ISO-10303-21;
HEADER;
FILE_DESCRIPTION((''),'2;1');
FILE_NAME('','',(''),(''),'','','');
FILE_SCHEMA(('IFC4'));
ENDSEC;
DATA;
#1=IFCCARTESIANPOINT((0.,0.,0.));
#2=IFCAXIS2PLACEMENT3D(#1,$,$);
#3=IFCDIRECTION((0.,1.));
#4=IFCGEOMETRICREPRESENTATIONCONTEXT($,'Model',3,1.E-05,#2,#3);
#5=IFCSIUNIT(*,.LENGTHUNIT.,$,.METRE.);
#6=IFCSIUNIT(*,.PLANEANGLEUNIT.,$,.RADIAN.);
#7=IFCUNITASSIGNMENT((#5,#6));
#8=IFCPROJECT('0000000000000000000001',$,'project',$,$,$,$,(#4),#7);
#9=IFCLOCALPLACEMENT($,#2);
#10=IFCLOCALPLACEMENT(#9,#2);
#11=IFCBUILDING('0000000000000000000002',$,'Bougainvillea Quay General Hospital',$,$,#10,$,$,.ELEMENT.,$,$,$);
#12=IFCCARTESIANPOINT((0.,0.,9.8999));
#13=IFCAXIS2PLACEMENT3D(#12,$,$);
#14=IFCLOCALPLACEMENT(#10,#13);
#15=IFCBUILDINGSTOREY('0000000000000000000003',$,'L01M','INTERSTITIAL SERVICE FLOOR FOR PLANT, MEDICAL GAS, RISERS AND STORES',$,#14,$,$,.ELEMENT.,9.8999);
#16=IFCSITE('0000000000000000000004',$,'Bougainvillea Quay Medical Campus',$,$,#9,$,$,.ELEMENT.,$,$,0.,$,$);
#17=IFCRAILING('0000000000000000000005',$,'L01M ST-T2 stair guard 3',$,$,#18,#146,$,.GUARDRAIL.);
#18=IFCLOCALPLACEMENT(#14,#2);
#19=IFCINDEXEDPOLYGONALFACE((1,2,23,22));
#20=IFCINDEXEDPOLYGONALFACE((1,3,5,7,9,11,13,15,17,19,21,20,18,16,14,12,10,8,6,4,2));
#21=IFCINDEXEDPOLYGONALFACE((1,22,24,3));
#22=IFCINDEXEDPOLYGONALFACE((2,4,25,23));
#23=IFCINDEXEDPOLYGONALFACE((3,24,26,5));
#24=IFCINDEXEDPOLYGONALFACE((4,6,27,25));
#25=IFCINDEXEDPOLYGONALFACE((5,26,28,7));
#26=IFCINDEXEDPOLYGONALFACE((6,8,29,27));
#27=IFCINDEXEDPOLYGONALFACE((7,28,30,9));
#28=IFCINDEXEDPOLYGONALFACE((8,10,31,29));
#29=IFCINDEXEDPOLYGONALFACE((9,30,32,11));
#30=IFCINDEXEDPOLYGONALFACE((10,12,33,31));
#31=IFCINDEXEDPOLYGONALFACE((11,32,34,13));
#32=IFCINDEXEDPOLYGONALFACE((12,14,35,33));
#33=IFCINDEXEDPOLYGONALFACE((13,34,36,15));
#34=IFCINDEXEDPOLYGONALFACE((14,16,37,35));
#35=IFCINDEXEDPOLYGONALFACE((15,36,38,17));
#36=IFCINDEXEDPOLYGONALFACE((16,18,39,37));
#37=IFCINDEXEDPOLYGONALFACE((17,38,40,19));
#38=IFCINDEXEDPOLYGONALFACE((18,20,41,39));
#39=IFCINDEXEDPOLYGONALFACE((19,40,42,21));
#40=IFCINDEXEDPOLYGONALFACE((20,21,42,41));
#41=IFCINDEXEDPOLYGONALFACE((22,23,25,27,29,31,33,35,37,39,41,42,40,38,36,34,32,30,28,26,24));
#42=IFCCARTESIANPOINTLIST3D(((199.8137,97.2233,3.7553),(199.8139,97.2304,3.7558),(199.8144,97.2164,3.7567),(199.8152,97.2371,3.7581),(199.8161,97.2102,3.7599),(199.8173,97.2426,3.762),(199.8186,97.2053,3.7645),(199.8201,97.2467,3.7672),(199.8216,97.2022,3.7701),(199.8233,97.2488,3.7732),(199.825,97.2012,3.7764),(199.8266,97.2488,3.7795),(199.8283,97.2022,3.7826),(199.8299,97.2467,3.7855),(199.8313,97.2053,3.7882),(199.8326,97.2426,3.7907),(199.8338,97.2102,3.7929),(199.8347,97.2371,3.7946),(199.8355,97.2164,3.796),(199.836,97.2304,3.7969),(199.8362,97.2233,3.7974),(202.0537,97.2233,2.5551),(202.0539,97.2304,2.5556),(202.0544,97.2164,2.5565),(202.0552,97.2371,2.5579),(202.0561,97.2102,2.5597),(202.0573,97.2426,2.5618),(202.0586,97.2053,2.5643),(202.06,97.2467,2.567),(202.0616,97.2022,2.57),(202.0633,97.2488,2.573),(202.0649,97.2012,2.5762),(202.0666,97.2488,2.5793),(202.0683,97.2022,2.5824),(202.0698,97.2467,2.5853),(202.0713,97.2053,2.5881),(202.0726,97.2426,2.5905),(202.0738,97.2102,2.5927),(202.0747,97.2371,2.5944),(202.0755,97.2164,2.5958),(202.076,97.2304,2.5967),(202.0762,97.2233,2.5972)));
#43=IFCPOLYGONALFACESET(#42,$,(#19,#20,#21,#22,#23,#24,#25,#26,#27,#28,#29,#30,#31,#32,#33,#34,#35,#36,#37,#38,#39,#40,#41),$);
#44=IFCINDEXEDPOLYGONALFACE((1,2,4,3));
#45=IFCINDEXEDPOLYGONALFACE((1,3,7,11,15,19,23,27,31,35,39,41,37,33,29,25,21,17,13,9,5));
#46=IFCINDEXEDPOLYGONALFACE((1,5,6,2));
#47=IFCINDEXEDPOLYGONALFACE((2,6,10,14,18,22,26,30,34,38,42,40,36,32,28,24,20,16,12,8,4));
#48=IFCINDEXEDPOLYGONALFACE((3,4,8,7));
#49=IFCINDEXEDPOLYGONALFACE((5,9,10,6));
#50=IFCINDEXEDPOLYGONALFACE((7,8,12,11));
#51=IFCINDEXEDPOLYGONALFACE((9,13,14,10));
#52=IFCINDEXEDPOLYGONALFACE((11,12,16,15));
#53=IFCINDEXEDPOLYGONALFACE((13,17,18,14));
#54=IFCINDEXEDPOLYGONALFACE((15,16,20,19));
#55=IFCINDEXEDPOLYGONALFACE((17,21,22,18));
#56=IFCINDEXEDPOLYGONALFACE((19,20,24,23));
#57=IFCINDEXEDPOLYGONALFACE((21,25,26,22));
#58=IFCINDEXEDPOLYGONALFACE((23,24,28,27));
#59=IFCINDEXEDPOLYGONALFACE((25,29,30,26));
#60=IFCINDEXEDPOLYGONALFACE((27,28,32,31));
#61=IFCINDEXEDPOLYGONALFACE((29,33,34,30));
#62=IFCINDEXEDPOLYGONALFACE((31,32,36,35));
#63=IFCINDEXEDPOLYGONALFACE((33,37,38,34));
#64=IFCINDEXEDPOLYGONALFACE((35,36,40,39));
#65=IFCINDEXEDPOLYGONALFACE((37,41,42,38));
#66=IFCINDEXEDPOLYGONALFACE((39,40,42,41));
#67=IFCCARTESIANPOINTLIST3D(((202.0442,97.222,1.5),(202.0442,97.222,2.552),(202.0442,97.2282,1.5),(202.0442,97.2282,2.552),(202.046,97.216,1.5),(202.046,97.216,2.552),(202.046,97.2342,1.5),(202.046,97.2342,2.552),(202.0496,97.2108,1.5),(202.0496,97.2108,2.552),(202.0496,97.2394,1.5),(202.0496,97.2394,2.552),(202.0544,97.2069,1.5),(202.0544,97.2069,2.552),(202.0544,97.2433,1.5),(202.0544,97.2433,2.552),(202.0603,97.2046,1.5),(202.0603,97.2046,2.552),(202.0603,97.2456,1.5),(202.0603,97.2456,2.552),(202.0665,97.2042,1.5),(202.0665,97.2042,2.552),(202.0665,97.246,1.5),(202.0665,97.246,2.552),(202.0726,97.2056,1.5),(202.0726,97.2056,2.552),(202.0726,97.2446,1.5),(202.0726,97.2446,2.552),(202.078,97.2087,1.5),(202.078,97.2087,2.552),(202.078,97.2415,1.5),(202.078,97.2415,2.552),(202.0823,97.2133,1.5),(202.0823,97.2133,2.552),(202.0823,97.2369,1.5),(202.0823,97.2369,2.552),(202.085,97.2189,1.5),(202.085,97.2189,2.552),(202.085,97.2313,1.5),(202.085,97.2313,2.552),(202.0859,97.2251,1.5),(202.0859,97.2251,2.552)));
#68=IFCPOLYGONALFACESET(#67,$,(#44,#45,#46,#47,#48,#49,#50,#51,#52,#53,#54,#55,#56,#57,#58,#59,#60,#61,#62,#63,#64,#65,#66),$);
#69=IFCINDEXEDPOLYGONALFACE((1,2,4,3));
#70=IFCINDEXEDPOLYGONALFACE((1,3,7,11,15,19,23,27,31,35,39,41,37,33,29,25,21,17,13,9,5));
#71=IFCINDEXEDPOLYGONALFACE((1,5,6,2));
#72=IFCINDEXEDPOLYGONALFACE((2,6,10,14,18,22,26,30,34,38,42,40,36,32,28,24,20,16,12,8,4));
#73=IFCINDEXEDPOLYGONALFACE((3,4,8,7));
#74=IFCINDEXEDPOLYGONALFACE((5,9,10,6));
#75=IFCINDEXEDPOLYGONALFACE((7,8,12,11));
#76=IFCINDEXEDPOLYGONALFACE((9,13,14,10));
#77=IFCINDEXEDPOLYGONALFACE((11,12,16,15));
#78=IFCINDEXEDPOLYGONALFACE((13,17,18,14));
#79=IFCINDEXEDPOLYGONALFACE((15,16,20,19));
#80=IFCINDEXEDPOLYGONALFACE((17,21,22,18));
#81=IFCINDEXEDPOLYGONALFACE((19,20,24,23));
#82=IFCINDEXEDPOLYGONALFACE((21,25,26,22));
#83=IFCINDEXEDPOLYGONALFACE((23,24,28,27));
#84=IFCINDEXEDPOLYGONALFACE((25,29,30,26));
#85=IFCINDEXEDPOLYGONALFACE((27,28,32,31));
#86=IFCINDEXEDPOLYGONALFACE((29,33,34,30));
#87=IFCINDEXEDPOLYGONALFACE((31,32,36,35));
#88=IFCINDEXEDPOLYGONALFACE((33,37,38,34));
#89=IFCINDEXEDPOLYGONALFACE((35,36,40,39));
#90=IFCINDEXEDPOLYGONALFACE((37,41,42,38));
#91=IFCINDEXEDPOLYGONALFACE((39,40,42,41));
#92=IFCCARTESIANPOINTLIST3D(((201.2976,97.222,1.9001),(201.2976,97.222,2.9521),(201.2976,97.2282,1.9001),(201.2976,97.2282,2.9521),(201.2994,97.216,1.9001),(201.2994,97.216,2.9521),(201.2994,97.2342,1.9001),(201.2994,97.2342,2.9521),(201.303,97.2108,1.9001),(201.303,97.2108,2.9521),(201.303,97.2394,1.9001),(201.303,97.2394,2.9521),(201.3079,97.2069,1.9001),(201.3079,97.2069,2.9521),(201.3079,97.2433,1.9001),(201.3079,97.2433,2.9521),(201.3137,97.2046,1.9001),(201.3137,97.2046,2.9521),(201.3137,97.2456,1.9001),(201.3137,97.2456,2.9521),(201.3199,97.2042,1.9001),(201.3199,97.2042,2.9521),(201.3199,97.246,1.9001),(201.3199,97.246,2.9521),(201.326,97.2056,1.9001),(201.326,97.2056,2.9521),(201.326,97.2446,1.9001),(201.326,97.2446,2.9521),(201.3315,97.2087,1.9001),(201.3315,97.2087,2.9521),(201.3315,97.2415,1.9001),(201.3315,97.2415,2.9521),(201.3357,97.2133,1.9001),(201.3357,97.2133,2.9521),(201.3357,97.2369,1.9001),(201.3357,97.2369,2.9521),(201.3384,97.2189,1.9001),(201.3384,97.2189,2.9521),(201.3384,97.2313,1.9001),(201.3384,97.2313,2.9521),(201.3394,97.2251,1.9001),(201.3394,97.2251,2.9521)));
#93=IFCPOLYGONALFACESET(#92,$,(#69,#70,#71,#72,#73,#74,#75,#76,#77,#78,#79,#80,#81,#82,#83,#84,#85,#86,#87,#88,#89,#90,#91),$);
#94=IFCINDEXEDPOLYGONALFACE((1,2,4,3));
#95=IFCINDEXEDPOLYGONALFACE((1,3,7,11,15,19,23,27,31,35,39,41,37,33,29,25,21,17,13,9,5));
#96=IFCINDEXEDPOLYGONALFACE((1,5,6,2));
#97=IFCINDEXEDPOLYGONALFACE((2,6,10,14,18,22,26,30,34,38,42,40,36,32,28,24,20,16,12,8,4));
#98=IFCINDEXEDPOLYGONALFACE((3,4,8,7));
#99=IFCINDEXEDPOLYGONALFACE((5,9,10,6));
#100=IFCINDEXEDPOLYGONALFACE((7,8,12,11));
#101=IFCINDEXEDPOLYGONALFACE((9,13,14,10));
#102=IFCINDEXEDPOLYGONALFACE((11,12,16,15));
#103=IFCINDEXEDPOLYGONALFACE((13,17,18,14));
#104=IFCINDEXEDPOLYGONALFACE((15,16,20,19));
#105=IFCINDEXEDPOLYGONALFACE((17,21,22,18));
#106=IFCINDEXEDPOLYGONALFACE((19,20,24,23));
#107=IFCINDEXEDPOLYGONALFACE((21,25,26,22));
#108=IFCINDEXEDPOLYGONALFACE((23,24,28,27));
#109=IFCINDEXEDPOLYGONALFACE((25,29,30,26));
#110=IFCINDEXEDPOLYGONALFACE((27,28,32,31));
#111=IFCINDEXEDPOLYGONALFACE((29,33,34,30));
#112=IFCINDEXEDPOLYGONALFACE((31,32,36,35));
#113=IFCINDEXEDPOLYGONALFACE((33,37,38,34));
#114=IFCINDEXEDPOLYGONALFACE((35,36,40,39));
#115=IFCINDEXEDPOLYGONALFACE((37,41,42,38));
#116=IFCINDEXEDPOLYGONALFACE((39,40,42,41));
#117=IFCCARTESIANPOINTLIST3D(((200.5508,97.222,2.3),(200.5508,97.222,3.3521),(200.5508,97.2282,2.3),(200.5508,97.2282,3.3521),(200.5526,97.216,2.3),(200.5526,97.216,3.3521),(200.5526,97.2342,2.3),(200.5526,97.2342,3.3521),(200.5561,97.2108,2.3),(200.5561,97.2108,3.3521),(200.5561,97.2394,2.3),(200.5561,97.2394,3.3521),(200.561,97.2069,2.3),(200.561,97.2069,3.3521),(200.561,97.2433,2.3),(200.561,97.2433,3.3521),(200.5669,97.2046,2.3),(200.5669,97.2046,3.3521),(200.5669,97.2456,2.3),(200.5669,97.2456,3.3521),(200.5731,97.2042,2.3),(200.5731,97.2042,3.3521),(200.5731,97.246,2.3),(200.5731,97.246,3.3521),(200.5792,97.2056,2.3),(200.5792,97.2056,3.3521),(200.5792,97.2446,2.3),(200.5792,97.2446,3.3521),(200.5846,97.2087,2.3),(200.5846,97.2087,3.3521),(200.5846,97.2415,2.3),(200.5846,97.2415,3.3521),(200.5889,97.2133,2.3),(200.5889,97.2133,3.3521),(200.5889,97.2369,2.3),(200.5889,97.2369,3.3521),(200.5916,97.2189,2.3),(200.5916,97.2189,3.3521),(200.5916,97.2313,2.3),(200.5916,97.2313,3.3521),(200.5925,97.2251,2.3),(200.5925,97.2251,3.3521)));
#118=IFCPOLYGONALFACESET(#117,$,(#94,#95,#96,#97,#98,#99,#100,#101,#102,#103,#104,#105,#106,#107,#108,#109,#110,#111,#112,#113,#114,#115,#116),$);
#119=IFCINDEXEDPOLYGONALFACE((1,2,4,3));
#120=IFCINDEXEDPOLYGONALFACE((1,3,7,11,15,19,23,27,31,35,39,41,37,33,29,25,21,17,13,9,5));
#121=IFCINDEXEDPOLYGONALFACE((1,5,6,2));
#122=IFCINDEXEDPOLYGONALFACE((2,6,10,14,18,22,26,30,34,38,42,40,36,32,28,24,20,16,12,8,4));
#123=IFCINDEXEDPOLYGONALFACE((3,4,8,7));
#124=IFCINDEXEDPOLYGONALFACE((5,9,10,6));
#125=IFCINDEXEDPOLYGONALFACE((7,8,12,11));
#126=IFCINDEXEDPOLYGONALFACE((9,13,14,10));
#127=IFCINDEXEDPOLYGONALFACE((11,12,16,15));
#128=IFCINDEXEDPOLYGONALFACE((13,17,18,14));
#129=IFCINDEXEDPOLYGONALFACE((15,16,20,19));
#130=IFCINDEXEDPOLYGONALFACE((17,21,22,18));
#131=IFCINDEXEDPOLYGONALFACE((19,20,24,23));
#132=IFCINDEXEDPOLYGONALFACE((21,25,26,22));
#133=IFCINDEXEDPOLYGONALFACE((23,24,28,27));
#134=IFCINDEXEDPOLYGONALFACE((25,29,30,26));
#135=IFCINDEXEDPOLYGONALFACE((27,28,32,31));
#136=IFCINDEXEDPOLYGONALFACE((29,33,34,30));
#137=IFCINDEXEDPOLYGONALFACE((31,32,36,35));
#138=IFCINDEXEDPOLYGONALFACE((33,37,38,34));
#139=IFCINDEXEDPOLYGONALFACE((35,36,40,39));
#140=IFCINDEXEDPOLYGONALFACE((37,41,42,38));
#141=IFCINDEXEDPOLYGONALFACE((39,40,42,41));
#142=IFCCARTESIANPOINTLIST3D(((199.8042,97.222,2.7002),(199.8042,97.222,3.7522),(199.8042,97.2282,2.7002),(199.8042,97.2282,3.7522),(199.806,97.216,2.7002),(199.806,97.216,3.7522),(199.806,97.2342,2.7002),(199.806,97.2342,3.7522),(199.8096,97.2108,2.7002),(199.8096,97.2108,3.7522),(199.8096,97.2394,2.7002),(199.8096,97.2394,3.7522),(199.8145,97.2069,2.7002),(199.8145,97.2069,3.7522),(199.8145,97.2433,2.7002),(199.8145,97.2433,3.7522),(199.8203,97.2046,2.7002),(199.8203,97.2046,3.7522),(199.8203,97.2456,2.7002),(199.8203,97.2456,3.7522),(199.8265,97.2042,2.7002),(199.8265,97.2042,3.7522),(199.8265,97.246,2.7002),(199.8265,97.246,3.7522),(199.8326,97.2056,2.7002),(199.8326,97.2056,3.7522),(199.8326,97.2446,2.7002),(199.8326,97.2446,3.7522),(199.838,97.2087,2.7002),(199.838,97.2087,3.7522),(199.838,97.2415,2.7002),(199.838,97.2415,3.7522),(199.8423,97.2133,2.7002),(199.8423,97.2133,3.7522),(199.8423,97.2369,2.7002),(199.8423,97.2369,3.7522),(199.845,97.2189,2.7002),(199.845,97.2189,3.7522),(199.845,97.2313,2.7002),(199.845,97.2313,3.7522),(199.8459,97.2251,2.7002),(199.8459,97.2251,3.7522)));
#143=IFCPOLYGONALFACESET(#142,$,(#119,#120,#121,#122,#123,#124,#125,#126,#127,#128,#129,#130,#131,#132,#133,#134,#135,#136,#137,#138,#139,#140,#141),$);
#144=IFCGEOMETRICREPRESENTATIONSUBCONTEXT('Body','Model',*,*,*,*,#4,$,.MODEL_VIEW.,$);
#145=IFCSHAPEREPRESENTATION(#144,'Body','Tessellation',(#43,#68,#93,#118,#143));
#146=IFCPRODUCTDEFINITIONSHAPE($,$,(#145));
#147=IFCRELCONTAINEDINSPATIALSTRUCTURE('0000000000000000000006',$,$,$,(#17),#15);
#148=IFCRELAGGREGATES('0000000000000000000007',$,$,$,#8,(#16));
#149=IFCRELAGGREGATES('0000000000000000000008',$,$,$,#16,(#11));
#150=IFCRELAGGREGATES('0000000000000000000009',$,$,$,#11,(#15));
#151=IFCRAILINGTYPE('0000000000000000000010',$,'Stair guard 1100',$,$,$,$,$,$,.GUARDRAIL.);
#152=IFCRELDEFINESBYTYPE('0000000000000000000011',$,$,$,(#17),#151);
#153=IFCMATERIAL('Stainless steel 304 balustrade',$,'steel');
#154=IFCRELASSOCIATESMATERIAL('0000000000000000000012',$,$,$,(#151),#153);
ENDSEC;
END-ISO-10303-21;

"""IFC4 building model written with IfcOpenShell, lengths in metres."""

from ifc_helpers import new_model, si_unit, direction, frame, origin, origin_2d, place, context, subcontext, project, spatial, circle, extrude, material, type_object, element, save


model = new_model("IFC4")

# Units and contexts
model_context = context("Model", 3, precision=1e-05, world=origin(), true_north=direction((0.0, 1.0)))
body_context = subcontext(model_context, "Body", "Model", "MODEL_VIEW")
ifc_project = project(units=[si_unit("LENGTHUNIT", "METRE"), si_unit("PLANEANGLEUNIT", "RADIAN")], contexts=[model_context])

# Site, building, storey
site_placement = place(None, origin())
site = spatial("IfcSite", under=ifc_project, at=site_placement, Name="Bougainvillea Quay Medical Campus", CompositionType="ELEMENT", RefElevation=0.0)
building_placement = place(site_placement, origin())
building = spatial("IfcBuilding", under=site, at=building_placement, Name="Bougainvillea Quay General Hospital", CompositionType="ELEMENT")
storey_placement = place(building_placement, frame((0.0, 0.0, 9.8999)))
storey = spatial("IfcBuildingStorey", under=building, at=storey_placement, Name="L01M", Description="INTERSTITIAL SERVICE FLOOR FOR PLANT, MEDICAL GAS, RISERS AND STORES", CompositionType="ELEMENT", Elevation=9.8999)

# Railing
ifc_material_1 = material(Name="Stainless steel 304 balustrade", Category="steel")
railing_type_1 = type_object("IfcRailingType", Name="Stair guard 1100", PredefinedType="GUARDRAIL", material=ifc_material_1)
railing_1_placement = place(storey_placement, frame((202.0649, 97.2251, 1.5)))
element("IfcRailing", 1, at=railing_1_placement, inside=storey, type_object=railing_type_1, Name="L01M ST-T2 stair guard 3", PredefinedType="GUARDRAIL", context=body_context, shape_type="SweptSolid", body=[
    extrude(circle(Radius=0.0239, at=origin_2d()), frame((0.0, 0.0, 1.0762), z_axis=(-0.881447, 0.0, 0.472283), x_axis=(0.0, -1.0, 0.0)), (0.0, 0.0, 1.0), 2.5413),
    extrude(circle(Radius=0.021, at=origin_2d()), origin(), (0.0, 0.0, 1.0), 1.052),
    extrude(circle(Radius=0.021, at=origin_2d()), frame((-0.7466, 0.0, 0.4001)), (0.0, 0.0, 1.0), 1.052),
    extrude(circle(Radius=0.021, at=origin_2d()), frame((-1.4934, 0.0, 0.8)), (0.0, 0.0, 1.0), 1.052),
    extrude(circle(Radius=0.021, at=origin_2d()), frame((-2.24, 0.0, 1.2002)), (0.0, 0.0, 1.0), 1.052),
])

save(model, "model.ifc")
